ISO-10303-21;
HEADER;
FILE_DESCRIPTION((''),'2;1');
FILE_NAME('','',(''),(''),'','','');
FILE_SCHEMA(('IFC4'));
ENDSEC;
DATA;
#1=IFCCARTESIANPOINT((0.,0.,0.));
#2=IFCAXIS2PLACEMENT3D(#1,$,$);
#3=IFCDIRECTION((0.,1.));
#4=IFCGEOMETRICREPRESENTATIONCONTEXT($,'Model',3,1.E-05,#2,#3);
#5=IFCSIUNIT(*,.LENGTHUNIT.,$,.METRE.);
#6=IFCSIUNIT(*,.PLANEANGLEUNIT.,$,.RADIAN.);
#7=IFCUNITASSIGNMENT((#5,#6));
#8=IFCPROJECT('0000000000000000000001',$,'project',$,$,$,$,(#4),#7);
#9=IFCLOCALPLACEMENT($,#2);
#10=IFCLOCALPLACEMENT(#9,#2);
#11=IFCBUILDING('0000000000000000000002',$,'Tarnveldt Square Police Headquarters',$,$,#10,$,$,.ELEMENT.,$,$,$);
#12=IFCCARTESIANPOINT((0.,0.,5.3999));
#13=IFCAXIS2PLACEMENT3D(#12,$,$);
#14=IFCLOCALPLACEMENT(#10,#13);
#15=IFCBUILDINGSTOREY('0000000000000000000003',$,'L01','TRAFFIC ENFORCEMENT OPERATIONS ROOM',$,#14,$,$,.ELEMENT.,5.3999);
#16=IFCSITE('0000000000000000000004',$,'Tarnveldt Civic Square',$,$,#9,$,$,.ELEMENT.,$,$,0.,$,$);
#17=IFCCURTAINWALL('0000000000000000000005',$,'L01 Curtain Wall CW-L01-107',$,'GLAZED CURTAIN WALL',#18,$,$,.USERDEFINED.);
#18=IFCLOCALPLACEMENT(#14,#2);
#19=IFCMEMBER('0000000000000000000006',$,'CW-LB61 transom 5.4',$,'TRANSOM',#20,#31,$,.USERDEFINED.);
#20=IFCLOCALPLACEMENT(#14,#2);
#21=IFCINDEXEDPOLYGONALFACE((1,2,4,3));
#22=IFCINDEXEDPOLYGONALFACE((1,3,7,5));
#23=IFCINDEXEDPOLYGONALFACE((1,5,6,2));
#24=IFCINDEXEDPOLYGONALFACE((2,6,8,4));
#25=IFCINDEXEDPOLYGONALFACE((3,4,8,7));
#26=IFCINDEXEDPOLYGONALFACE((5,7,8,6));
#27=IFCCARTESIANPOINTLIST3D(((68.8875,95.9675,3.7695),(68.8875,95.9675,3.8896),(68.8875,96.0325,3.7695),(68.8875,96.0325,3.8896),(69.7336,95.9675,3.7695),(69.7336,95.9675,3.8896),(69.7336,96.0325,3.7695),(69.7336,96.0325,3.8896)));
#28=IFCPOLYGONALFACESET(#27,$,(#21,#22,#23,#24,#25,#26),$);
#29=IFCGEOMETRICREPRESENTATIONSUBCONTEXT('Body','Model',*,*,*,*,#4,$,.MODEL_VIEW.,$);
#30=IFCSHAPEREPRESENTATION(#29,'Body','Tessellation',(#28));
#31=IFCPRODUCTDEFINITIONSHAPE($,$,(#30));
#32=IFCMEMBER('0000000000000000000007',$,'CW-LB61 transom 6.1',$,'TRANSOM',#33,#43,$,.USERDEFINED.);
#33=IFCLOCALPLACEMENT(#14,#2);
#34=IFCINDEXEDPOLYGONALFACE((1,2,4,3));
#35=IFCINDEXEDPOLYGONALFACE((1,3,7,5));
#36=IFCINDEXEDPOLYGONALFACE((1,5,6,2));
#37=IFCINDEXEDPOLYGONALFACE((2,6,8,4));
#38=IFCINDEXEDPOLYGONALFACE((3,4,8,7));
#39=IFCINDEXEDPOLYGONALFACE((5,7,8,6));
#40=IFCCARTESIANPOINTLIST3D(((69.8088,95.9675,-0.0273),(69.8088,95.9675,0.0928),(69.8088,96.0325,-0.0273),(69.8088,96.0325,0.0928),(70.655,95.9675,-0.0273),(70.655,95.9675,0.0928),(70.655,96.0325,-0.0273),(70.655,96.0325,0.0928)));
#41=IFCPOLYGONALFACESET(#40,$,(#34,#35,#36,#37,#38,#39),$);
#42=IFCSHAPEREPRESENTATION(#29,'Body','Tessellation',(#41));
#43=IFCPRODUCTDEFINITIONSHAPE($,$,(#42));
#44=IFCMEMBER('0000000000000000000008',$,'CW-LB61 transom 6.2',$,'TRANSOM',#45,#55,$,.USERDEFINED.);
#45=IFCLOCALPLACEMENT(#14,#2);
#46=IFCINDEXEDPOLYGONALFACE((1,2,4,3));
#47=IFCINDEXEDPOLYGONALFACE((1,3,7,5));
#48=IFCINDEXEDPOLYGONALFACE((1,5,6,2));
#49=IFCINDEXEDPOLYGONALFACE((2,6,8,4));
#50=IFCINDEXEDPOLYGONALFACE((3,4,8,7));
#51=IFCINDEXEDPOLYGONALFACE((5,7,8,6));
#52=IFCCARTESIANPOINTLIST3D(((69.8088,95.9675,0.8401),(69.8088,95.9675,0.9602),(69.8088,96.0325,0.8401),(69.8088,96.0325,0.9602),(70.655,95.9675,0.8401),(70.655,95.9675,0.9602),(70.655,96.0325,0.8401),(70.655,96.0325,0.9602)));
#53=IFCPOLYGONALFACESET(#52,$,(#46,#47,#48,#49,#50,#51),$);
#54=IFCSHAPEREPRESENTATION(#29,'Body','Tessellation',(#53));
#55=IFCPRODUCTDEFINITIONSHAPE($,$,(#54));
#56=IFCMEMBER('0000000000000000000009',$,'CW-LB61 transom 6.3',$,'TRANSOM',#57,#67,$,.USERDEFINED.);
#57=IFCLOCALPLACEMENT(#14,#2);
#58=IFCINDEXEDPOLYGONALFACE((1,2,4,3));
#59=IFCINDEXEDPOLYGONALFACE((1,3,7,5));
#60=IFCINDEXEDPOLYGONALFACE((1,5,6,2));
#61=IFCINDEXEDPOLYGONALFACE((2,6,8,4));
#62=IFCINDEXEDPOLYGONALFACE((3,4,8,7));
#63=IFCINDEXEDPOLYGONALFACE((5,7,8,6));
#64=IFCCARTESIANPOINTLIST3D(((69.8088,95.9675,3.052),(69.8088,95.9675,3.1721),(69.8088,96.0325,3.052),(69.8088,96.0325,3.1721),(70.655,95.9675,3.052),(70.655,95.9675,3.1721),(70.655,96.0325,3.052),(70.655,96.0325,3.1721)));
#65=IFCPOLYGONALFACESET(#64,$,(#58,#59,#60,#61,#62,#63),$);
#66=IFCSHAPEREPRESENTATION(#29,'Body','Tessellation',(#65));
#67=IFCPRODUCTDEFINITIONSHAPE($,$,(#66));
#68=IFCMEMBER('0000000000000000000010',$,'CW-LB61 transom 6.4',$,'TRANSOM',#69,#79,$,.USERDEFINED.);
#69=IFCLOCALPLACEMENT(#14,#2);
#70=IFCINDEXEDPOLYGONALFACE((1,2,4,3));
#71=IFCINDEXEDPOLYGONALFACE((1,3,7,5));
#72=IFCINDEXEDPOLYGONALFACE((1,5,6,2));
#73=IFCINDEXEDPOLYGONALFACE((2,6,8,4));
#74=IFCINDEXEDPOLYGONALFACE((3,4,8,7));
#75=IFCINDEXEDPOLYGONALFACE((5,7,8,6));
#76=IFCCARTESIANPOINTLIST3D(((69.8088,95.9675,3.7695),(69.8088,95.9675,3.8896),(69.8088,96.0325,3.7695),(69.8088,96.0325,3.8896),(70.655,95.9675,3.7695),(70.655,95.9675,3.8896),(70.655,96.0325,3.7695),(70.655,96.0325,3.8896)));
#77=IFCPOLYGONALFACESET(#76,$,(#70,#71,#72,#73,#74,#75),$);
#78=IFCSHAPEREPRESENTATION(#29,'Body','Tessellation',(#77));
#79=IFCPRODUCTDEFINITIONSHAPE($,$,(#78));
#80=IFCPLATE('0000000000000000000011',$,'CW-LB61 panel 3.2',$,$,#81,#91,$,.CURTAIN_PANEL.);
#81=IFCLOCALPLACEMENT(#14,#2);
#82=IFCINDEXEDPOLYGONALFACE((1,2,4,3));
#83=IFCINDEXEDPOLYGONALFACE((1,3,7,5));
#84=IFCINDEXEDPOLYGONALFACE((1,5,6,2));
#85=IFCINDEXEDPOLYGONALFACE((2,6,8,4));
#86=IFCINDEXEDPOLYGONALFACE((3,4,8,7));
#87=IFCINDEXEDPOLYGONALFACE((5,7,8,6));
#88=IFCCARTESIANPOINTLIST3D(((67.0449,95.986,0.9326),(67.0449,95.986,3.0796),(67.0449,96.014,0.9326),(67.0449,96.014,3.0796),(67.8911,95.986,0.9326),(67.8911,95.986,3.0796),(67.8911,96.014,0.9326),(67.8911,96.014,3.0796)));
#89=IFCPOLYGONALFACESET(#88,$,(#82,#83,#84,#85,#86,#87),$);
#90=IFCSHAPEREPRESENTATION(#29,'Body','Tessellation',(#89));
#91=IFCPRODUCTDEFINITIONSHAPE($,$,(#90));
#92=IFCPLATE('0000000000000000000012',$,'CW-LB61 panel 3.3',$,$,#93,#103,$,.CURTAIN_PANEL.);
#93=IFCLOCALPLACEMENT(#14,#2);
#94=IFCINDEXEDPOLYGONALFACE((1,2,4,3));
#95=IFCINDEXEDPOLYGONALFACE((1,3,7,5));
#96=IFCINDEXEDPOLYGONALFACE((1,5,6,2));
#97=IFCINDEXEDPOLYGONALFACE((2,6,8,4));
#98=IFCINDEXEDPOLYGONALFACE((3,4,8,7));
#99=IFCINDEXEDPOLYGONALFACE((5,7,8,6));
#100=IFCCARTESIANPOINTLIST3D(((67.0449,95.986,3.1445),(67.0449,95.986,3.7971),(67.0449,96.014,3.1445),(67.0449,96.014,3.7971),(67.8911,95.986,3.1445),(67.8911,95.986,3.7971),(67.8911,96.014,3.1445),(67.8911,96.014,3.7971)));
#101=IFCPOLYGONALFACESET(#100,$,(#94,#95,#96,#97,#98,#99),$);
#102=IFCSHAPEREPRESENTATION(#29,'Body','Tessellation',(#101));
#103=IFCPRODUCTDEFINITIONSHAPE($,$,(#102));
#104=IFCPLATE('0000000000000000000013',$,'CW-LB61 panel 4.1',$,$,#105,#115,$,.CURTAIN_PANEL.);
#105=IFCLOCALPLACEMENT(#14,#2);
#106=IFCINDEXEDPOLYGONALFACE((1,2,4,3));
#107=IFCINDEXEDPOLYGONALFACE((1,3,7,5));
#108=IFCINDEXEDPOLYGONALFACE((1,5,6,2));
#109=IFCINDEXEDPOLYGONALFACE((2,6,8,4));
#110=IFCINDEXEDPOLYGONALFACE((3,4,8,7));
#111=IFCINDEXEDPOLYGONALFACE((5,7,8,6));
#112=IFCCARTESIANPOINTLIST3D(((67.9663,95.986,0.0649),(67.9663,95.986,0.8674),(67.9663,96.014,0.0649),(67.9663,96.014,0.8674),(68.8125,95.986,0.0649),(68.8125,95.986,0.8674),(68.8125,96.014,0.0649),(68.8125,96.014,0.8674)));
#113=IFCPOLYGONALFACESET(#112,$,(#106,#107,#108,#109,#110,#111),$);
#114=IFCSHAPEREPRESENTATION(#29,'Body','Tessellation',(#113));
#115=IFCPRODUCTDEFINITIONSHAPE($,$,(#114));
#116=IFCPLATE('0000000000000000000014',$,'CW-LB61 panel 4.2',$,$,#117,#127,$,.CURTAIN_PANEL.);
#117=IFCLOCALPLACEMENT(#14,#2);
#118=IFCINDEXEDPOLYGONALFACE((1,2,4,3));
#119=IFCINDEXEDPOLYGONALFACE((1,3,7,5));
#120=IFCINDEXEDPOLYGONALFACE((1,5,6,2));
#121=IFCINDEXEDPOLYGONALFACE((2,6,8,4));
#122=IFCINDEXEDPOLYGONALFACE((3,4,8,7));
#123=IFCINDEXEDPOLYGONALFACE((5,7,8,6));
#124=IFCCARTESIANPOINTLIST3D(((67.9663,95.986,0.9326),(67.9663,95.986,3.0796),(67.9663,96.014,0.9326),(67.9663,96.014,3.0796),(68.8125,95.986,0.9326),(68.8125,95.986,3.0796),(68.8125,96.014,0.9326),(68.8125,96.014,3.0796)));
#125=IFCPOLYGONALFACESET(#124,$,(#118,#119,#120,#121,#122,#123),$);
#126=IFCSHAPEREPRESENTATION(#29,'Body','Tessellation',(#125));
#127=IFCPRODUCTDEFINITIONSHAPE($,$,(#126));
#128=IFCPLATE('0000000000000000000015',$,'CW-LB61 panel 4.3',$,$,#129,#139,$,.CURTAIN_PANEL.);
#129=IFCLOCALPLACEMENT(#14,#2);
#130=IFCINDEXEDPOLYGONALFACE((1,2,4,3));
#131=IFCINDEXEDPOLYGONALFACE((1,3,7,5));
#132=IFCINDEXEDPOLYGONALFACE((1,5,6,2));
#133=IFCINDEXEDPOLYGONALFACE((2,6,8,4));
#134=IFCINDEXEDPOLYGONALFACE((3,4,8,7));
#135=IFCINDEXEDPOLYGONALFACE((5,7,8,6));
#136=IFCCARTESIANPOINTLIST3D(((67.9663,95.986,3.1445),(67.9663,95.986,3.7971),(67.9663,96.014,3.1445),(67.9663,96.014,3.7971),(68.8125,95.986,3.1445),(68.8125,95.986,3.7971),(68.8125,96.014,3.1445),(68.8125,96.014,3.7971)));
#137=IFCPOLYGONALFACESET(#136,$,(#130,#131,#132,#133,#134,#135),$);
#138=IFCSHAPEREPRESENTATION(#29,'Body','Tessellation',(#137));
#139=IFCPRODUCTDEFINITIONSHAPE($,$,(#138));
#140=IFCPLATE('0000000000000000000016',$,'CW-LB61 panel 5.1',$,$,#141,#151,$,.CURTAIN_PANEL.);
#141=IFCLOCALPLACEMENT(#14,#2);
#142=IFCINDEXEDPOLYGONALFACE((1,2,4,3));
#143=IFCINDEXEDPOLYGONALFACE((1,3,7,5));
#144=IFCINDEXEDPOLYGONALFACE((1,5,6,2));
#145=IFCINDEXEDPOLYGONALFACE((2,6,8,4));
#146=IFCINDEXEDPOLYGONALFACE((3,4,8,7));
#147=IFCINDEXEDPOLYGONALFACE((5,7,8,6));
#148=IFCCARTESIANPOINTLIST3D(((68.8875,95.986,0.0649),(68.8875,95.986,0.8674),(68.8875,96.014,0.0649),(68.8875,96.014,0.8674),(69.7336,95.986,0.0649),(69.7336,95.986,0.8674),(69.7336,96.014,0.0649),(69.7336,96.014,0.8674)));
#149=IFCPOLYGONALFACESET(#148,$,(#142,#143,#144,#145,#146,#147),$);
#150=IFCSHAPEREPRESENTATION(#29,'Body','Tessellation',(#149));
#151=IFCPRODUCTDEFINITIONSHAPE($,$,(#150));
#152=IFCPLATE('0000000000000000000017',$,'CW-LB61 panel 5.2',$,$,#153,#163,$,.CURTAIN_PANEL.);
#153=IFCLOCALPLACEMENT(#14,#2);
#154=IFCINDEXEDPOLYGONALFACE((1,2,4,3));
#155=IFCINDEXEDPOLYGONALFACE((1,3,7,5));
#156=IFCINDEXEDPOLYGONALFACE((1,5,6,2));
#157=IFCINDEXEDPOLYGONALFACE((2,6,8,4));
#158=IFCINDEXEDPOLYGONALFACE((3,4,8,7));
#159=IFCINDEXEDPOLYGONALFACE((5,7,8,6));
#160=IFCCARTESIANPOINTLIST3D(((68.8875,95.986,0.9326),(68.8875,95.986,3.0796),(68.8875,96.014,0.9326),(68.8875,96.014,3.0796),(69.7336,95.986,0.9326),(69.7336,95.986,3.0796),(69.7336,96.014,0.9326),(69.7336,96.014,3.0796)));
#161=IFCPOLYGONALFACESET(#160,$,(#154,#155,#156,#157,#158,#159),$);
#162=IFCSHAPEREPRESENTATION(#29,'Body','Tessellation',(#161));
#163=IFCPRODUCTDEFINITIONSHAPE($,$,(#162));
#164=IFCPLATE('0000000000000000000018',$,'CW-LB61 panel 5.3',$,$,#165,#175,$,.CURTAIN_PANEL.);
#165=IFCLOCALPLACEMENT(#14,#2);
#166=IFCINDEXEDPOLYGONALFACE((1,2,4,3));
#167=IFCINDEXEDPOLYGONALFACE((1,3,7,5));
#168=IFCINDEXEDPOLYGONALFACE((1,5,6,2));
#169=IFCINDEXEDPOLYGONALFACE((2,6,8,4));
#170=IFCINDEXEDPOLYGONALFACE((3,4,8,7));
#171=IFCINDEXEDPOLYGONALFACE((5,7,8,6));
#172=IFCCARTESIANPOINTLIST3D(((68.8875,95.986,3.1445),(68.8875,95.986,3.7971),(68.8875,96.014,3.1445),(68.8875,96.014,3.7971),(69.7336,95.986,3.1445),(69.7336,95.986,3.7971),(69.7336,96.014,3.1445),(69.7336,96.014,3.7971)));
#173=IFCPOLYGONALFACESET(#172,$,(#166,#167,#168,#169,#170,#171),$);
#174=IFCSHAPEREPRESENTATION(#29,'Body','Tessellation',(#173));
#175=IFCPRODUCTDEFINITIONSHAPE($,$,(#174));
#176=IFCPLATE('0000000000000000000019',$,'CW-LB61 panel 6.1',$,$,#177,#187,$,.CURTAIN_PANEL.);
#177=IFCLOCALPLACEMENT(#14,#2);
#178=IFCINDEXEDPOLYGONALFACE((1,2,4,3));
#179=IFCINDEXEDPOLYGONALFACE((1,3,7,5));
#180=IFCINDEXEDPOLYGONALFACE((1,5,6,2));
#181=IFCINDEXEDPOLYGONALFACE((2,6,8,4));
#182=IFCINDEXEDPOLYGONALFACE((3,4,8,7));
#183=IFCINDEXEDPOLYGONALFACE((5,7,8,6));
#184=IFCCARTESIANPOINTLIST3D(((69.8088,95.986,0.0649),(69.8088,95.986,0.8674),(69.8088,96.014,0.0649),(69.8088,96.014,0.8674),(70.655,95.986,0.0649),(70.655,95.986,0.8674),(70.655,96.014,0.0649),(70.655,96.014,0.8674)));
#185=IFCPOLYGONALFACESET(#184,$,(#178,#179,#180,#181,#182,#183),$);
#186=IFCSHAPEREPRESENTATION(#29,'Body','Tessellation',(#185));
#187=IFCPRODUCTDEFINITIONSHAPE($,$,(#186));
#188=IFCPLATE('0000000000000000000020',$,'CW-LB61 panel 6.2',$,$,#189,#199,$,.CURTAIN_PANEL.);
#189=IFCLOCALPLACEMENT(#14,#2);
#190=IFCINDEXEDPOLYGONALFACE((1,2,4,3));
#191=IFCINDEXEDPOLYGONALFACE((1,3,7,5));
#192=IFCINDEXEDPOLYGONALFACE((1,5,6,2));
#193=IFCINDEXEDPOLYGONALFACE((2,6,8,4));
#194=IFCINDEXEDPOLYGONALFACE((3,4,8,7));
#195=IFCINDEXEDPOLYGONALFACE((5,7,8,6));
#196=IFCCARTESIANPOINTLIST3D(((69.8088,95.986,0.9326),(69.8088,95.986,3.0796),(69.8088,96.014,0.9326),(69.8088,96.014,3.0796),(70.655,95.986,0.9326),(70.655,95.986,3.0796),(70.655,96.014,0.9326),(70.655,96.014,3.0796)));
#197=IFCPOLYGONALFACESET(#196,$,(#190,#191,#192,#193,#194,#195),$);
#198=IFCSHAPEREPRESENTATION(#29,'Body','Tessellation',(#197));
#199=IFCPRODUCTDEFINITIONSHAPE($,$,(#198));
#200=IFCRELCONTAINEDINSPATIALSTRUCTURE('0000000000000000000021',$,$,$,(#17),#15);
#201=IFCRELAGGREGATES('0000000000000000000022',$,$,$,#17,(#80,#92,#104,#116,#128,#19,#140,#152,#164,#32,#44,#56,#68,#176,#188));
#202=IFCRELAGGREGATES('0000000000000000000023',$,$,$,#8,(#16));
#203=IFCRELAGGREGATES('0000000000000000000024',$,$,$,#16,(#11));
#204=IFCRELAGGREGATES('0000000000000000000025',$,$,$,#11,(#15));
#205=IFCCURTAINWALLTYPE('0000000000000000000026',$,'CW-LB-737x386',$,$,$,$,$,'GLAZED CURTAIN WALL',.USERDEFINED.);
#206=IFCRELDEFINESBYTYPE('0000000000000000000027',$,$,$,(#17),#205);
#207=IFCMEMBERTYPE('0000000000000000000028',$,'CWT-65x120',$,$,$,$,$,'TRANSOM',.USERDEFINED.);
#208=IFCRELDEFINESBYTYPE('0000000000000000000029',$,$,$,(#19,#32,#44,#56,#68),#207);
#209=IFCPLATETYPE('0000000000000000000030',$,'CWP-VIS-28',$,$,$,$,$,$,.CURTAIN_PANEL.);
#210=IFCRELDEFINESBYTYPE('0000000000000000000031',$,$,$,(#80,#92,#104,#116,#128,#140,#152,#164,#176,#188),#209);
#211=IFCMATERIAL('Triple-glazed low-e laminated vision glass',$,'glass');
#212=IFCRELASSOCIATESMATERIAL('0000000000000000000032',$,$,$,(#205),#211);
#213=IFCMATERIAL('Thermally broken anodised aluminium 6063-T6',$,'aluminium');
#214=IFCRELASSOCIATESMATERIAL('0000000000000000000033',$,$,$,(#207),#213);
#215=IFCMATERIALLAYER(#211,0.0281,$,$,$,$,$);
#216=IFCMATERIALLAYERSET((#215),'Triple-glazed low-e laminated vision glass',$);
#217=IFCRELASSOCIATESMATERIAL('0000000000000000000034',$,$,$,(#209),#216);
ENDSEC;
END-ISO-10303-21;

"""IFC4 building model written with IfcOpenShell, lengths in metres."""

from ifc_helpers import new_model, si_unit, direction, frame, origin, origin_2d, place, context, subcontext, project, spatial, rectangle, extrude, material, layer, layer_set, material_profile, profile_set, type_object, element, aggregate, save


model = new_model("IFC4")

# Units and contexts
model_context = context("Model", 3, precision=1e-05, world=origin(), true_north=direction((0.0, 1.0)))
body_context = subcontext(model_context, "Body", "Model", "MODEL_VIEW")
ifc_project = project(units=[si_unit("LENGTHUNIT", "METRE"), si_unit("PLANEANGLEUNIT", "RADIAN")], contexts=[model_context])

# Site, building, storey
site_placement = place(None, origin())
site = spatial("IfcSite", under=ifc_project, at=site_placement, Name="Tarnveldt Civic Square", CompositionType="ELEMENT", RefElevation=0.0)
building_placement = place(site_placement, origin())
building = spatial("IfcBuilding", under=site, at=building_placement, Name="Tarnveldt Square Police Headquarters", CompositionType="ELEMENT")
storey_placement = place(building_placement, frame((0.0, 0.0, 5.3999)))
storey = spatial("IfcBuildingStorey", under=building, at=storey_placement, Name="L01", Description="TRAFFIC ENFORCEMENT OPERATIONS ROOM", CompositionType="ELEMENT", Elevation=5.3999)

# Curtain wall, members, plates
ifc_material_1 = material(Name="Triple-glazed low-e laminated vision glass", Category="glass")
curtain_wall_type = type_object("IfcCurtainWallType", Name="CW-LB-737x386", ElementType="GLAZED CURTAIN WALL", PredefinedType="USERDEFINED", material=ifc_material_1)
curtain_wall_placement = place(storey_placement, origin())
curtain_wall = element("IfcCurtainWall", 1, at=curtain_wall_placement, inside=storey, type_object=curtain_wall_type, Name="L01 Curtain Wall CW-L01-107", ObjectType="GLAZED CURTAIN WALL", PredefinedType="USERDEFINED")
ifc_material_2 = material(Name="Thermally broken anodised aluminium 6063-T6", Category="aluminium")
ifc_material_profile_1 = material_profile(ifc_material_2, rectangle(XDim=0.0649, YDim=0.1201, at=origin_2d()), Name="CW-T65x120")
ifc_profile_set_1 = profile_set([ifc_material_profile_1], Name="Thermally broken anodised aluminium 6063-T6")
member_type_1 = type_object("IfcMemberType", Name="CWT-65x120", ElementType="TRANSOM", PredefinedType="USERDEFINED", material=ifc_profile_set_1)
member_1_placement = place(storey_placement, frame((68.8875, 96.0, 3.8296), z_axis=(1.0, 0.0, 0.0), x_axis=(0.0, 1.0, 0.0)))
member_1 = element("IfcMember", 2, at=member_1_placement, type_object=member_type_1, Name="CW-LB61 transom 5.4", ObjectType="TRANSOM", PredefinedType="USERDEFINED", context=body_context, shape_type="SweptSolid", body=[
    extrude(rectangle(XDim=0.0649, YDim=0.1201, at=origin_2d()), origin(), (0.0, 0.0, 1.0), 0.8462),
])
member_2_placement = place(storey_placement, frame((69.8088, 96.0, 0.0327), z_axis=(1.0, 0.0, 0.0), x_axis=(0.0, 1.0, 0.0)))
member_2 = element("IfcMember", 3, at=member_2_placement, type_object=member_type_1, Name="CW-LB61 transom 6.1", ObjectType="TRANSOM", PredefinedType="USERDEFINED", context=body_context, shape_type="SweptSolid", body=[
    extrude(rectangle(XDim=0.0649, YDim=0.1201, at=origin_2d()), origin(), (0.0, 0.0, 1.0), 0.8462),
])
member_3_placement = place(storey_placement, frame((69.8088, 96.0, 0.9001), z_axis=(1.0, 0.0, 0.0), x_axis=(0.0, 1.0, 0.0)))
member_3 = element("IfcMember", 4, at=member_3_placement, type_object=member_type_1, Name="CW-LB61 transom 6.2", ObjectType="TRANSOM", PredefinedType="USERDEFINED", context=body_context, shape_type="SweptSolid", body=[
    extrude(rectangle(XDim=0.0649, YDim=0.1201, at=origin_2d()), origin(), (0.0, 0.0, 1.0), 0.8462),
])
member_4_placement = place(storey_placement, frame((69.8088, 96.0, 3.1121), z_axis=(1.0, 0.0, 0.0), x_axis=(0.0, 1.0, 0.0)))
member_4 = element("IfcMember", 5, at=member_4_placement, type_object=member_type_1, Name="CW-LB61 transom 6.3", ObjectType="TRANSOM", PredefinedType="USERDEFINED", context=body_context, shape_type="SweptSolid", body=[
    extrude(rectangle(XDim=0.0649, YDim=0.1201, at=origin_2d()), origin(), (0.0, 0.0, 1.0), 0.8462),
])
member_5_placement = place(storey_placement, frame((69.8088, 96.0, 3.8296), z_axis=(1.0, 0.0, 0.0), x_axis=(0.0, 1.0, 0.0)))
member_5 = element("IfcMember", 6, at=member_5_placement, type_object=member_type_1, Name="CW-LB61 transom 6.4", ObjectType="TRANSOM", PredefinedType="USERDEFINED", context=body_context, shape_type="SweptSolid", body=[
    extrude(rectangle(XDim=0.0649, YDim=0.1201, at=origin_2d()), origin(), (0.0, 0.0, 1.0), 0.8462),
])
ifc_layer_1 = layer(ifc_material_1, 0.0281)
ifc_layer_set_1 = layer_set([ifc_layer_1], Name="Triple-glazed low-e laminated vision glass")
plate_type = type_object("IfcPlateType", Name="CWP-VIS-28", PredefinedType="CURTAIN_PANEL", material=ifc_layer_set_1)
plate_1_placement = place(storey_placement, frame((67.468, 96.0, 0.9326), z_axis=(0.0, 0.0, 1.0), x_axis=(1.0, 0.0, 0.0)))
plate_1 = element("IfcPlate", 7, at=plate_1_placement, type_object=plate_type, Name="CW-LB61 panel 3.2", PredefinedType="CURTAIN_PANEL", context=body_context, shape_type="SweptSolid", body=[
    extrude(rectangle(XDim=0.8462, YDim=0.0281, at=origin_2d()), origin(), (0.0, 0.0, 1.0), 2.147),
])
plate_2_placement = place(storey_placement, frame((67.468, 96.0, 3.1445), z_axis=(0.0, 0.0, 1.0), x_axis=(1.0, 0.0, 0.0)))
plate_2 = element("IfcPlate", 8, at=plate_2_placement, type_object=plate_type, Name="CW-LB61 panel 3.3", PredefinedType="CURTAIN_PANEL", context=body_context, shape_type="SweptSolid", body=[
    extrude(rectangle(XDim=0.8462, YDim=0.0281, at=origin_2d()), origin(), (0.0, 0.0, 1.0), 0.6526),
])
plate_3_placement = place(storey_placement, frame((68.3894, 96.0, 0.0649), z_axis=(0.0, 0.0, 1.0), x_axis=(1.0, 0.0, 0.0)))
plate_3 = element("IfcPlate", 9, at=plate_3_placement, type_object=plate_type, Name="CW-LB61 panel 4.1", PredefinedType="CURTAIN_PANEL", context=body_context, shape_type="SweptSolid", body=[
    extrude(rectangle(XDim=0.8462, YDim=0.0281, at=origin_2d()), origin(), (0.0, 0.0, 1.0), 0.8025),
])
plate_4_placement = place(storey_placement, frame((68.3894, 96.0, 0.9326), z_axis=(0.0, 0.0, 1.0), x_axis=(1.0, 0.0, 0.0)))
plate_4 = element("IfcPlate", 10, at=plate_4_placement, type_object=plate_type, Name="CW-LB61 panel 4.2", PredefinedType="CURTAIN_PANEL", context=body_context, shape_type="SweptSolid", body=[
    extrude(rectangle(XDim=0.8462, YDim=0.0281, at=origin_2d()), origin(), (0.0, 0.0, 1.0), 2.147),
])
plate_5_placement = place(storey_placement, frame((68.3894, 96.0, 3.1445), z_axis=(0.0, 0.0, 1.0), x_axis=(1.0, 0.0, 0.0)))
plate_5 = element("IfcPlate", 11, at=plate_5_placement, type_object=plate_type, Name="CW-LB61 panel 4.3", PredefinedType="CURTAIN_PANEL", context=body_context, shape_type="SweptSolid", body=[
    extrude(rectangle(XDim=0.8462, YDim=0.0281, at=origin_2d()), origin(), (0.0, 0.0, 1.0), 0.6526),
])
plate_6_placement = place(storey_placement, frame((69.3105, 96.0, 0.0649), z_axis=(0.0, 0.0, 1.0), x_axis=(1.0, 0.0, 0.0)))
plate_6 = element("IfcPlate", 12, at=plate_6_placement, type_object=plate_type, Name="CW-LB61 panel 5.1", PredefinedType="CURTAIN_PANEL", context=body_context, shape_type="SweptSolid", body=[
    extrude(rectangle(XDim=0.8462, YDim=0.0281, at=origin_2d()), origin(), (0.0, 0.0, 1.0), 0.8025),
])
plate_7_placement = place(storey_placement, frame((69.3105, 96.0, 0.9326), z_axis=(0.0, 0.0, 1.0), x_axis=(1.0, 0.0, 0.0)))
plate_7 = element("IfcPlate", 13, at=plate_7_placement, type_object=plate_type, Name="CW-LB61 panel 5.2", PredefinedType="CURTAIN_PANEL", context=body_context, shape_type="SweptSolid", body=[
    extrude(rectangle(XDim=0.8462, YDim=0.0281, at=origin_2d()), origin(), (0.0, 0.0, 1.0), 2.147),
])
plate_8_placement = place(storey_placement, frame((69.3105, 96.0, 3.1445), z_axis=(0.0, 0.0, 1.0), x_axis=(1.0, 0.0, 0.0)))
plate_8 = element("IfcPlate", 14, at=plate_8_placement, type_object=plate_type, Name="CW-LB61 panel 5.3", PredefinedType="CURTAIN_PANEL", context=body_context, shape_type="SweptSolid", body=[
    extrude(rectangle(XDim=0.8462, YDim=0.0281, at=origin_2d()), origin(), (0.0, 0.0, 1.0), 0.6526),
])
plate_9_placement = place(storey_placement, frame((70.2319, 96.0, 0.0649), z_axis=(0.0, 0.0, 1.0), x_axis=(1.0, 0.0, 0.0)))
plate_9 = element("IfcPlate", 15, at=plate_9_placement, type_object=plate_type, Name="CW-LB61 panel 6.1", PredefinedType="CURTAIN_PANEL", context=body_context, shape_type="SweptSolid", body=[
    extrude(rectangle(XDim=0.8462, YDim=0.0281, at=origin_2d()), origin(), (0.0, 0.0, 1.0), 0.8025),
])
plate_10_placement = place(storey_placement, frame((70.2319, 96.0, 0.9326), z_axis=(0.0, 0.0, 1.0), x_axis=(1.0, 0.0, 0.0)))
plate_10 = element("IfcPlate", 16, at=plate_10_placement, type_object=plate_type, Name="CW-LB61 panel 6.2", PredefinedType="CURTAIN_PANEL", context=body_context, shape_type="SweptSolid", body=[
    extrude(rectangle(XDim=0.8462, YDim=0.0281, at=origin_2d()), origin(), (0.0, 0.0, 1.0), 2.147),
])
aggregate(curtain_wall, [plate_1, plate_2, plate_3, plate_4, plate_5, member_1, plate_6, plate_7, plate_8, member_2, member_3, member_4, member_5, plate_9, plate_10])

save(model, "model.ifc")
